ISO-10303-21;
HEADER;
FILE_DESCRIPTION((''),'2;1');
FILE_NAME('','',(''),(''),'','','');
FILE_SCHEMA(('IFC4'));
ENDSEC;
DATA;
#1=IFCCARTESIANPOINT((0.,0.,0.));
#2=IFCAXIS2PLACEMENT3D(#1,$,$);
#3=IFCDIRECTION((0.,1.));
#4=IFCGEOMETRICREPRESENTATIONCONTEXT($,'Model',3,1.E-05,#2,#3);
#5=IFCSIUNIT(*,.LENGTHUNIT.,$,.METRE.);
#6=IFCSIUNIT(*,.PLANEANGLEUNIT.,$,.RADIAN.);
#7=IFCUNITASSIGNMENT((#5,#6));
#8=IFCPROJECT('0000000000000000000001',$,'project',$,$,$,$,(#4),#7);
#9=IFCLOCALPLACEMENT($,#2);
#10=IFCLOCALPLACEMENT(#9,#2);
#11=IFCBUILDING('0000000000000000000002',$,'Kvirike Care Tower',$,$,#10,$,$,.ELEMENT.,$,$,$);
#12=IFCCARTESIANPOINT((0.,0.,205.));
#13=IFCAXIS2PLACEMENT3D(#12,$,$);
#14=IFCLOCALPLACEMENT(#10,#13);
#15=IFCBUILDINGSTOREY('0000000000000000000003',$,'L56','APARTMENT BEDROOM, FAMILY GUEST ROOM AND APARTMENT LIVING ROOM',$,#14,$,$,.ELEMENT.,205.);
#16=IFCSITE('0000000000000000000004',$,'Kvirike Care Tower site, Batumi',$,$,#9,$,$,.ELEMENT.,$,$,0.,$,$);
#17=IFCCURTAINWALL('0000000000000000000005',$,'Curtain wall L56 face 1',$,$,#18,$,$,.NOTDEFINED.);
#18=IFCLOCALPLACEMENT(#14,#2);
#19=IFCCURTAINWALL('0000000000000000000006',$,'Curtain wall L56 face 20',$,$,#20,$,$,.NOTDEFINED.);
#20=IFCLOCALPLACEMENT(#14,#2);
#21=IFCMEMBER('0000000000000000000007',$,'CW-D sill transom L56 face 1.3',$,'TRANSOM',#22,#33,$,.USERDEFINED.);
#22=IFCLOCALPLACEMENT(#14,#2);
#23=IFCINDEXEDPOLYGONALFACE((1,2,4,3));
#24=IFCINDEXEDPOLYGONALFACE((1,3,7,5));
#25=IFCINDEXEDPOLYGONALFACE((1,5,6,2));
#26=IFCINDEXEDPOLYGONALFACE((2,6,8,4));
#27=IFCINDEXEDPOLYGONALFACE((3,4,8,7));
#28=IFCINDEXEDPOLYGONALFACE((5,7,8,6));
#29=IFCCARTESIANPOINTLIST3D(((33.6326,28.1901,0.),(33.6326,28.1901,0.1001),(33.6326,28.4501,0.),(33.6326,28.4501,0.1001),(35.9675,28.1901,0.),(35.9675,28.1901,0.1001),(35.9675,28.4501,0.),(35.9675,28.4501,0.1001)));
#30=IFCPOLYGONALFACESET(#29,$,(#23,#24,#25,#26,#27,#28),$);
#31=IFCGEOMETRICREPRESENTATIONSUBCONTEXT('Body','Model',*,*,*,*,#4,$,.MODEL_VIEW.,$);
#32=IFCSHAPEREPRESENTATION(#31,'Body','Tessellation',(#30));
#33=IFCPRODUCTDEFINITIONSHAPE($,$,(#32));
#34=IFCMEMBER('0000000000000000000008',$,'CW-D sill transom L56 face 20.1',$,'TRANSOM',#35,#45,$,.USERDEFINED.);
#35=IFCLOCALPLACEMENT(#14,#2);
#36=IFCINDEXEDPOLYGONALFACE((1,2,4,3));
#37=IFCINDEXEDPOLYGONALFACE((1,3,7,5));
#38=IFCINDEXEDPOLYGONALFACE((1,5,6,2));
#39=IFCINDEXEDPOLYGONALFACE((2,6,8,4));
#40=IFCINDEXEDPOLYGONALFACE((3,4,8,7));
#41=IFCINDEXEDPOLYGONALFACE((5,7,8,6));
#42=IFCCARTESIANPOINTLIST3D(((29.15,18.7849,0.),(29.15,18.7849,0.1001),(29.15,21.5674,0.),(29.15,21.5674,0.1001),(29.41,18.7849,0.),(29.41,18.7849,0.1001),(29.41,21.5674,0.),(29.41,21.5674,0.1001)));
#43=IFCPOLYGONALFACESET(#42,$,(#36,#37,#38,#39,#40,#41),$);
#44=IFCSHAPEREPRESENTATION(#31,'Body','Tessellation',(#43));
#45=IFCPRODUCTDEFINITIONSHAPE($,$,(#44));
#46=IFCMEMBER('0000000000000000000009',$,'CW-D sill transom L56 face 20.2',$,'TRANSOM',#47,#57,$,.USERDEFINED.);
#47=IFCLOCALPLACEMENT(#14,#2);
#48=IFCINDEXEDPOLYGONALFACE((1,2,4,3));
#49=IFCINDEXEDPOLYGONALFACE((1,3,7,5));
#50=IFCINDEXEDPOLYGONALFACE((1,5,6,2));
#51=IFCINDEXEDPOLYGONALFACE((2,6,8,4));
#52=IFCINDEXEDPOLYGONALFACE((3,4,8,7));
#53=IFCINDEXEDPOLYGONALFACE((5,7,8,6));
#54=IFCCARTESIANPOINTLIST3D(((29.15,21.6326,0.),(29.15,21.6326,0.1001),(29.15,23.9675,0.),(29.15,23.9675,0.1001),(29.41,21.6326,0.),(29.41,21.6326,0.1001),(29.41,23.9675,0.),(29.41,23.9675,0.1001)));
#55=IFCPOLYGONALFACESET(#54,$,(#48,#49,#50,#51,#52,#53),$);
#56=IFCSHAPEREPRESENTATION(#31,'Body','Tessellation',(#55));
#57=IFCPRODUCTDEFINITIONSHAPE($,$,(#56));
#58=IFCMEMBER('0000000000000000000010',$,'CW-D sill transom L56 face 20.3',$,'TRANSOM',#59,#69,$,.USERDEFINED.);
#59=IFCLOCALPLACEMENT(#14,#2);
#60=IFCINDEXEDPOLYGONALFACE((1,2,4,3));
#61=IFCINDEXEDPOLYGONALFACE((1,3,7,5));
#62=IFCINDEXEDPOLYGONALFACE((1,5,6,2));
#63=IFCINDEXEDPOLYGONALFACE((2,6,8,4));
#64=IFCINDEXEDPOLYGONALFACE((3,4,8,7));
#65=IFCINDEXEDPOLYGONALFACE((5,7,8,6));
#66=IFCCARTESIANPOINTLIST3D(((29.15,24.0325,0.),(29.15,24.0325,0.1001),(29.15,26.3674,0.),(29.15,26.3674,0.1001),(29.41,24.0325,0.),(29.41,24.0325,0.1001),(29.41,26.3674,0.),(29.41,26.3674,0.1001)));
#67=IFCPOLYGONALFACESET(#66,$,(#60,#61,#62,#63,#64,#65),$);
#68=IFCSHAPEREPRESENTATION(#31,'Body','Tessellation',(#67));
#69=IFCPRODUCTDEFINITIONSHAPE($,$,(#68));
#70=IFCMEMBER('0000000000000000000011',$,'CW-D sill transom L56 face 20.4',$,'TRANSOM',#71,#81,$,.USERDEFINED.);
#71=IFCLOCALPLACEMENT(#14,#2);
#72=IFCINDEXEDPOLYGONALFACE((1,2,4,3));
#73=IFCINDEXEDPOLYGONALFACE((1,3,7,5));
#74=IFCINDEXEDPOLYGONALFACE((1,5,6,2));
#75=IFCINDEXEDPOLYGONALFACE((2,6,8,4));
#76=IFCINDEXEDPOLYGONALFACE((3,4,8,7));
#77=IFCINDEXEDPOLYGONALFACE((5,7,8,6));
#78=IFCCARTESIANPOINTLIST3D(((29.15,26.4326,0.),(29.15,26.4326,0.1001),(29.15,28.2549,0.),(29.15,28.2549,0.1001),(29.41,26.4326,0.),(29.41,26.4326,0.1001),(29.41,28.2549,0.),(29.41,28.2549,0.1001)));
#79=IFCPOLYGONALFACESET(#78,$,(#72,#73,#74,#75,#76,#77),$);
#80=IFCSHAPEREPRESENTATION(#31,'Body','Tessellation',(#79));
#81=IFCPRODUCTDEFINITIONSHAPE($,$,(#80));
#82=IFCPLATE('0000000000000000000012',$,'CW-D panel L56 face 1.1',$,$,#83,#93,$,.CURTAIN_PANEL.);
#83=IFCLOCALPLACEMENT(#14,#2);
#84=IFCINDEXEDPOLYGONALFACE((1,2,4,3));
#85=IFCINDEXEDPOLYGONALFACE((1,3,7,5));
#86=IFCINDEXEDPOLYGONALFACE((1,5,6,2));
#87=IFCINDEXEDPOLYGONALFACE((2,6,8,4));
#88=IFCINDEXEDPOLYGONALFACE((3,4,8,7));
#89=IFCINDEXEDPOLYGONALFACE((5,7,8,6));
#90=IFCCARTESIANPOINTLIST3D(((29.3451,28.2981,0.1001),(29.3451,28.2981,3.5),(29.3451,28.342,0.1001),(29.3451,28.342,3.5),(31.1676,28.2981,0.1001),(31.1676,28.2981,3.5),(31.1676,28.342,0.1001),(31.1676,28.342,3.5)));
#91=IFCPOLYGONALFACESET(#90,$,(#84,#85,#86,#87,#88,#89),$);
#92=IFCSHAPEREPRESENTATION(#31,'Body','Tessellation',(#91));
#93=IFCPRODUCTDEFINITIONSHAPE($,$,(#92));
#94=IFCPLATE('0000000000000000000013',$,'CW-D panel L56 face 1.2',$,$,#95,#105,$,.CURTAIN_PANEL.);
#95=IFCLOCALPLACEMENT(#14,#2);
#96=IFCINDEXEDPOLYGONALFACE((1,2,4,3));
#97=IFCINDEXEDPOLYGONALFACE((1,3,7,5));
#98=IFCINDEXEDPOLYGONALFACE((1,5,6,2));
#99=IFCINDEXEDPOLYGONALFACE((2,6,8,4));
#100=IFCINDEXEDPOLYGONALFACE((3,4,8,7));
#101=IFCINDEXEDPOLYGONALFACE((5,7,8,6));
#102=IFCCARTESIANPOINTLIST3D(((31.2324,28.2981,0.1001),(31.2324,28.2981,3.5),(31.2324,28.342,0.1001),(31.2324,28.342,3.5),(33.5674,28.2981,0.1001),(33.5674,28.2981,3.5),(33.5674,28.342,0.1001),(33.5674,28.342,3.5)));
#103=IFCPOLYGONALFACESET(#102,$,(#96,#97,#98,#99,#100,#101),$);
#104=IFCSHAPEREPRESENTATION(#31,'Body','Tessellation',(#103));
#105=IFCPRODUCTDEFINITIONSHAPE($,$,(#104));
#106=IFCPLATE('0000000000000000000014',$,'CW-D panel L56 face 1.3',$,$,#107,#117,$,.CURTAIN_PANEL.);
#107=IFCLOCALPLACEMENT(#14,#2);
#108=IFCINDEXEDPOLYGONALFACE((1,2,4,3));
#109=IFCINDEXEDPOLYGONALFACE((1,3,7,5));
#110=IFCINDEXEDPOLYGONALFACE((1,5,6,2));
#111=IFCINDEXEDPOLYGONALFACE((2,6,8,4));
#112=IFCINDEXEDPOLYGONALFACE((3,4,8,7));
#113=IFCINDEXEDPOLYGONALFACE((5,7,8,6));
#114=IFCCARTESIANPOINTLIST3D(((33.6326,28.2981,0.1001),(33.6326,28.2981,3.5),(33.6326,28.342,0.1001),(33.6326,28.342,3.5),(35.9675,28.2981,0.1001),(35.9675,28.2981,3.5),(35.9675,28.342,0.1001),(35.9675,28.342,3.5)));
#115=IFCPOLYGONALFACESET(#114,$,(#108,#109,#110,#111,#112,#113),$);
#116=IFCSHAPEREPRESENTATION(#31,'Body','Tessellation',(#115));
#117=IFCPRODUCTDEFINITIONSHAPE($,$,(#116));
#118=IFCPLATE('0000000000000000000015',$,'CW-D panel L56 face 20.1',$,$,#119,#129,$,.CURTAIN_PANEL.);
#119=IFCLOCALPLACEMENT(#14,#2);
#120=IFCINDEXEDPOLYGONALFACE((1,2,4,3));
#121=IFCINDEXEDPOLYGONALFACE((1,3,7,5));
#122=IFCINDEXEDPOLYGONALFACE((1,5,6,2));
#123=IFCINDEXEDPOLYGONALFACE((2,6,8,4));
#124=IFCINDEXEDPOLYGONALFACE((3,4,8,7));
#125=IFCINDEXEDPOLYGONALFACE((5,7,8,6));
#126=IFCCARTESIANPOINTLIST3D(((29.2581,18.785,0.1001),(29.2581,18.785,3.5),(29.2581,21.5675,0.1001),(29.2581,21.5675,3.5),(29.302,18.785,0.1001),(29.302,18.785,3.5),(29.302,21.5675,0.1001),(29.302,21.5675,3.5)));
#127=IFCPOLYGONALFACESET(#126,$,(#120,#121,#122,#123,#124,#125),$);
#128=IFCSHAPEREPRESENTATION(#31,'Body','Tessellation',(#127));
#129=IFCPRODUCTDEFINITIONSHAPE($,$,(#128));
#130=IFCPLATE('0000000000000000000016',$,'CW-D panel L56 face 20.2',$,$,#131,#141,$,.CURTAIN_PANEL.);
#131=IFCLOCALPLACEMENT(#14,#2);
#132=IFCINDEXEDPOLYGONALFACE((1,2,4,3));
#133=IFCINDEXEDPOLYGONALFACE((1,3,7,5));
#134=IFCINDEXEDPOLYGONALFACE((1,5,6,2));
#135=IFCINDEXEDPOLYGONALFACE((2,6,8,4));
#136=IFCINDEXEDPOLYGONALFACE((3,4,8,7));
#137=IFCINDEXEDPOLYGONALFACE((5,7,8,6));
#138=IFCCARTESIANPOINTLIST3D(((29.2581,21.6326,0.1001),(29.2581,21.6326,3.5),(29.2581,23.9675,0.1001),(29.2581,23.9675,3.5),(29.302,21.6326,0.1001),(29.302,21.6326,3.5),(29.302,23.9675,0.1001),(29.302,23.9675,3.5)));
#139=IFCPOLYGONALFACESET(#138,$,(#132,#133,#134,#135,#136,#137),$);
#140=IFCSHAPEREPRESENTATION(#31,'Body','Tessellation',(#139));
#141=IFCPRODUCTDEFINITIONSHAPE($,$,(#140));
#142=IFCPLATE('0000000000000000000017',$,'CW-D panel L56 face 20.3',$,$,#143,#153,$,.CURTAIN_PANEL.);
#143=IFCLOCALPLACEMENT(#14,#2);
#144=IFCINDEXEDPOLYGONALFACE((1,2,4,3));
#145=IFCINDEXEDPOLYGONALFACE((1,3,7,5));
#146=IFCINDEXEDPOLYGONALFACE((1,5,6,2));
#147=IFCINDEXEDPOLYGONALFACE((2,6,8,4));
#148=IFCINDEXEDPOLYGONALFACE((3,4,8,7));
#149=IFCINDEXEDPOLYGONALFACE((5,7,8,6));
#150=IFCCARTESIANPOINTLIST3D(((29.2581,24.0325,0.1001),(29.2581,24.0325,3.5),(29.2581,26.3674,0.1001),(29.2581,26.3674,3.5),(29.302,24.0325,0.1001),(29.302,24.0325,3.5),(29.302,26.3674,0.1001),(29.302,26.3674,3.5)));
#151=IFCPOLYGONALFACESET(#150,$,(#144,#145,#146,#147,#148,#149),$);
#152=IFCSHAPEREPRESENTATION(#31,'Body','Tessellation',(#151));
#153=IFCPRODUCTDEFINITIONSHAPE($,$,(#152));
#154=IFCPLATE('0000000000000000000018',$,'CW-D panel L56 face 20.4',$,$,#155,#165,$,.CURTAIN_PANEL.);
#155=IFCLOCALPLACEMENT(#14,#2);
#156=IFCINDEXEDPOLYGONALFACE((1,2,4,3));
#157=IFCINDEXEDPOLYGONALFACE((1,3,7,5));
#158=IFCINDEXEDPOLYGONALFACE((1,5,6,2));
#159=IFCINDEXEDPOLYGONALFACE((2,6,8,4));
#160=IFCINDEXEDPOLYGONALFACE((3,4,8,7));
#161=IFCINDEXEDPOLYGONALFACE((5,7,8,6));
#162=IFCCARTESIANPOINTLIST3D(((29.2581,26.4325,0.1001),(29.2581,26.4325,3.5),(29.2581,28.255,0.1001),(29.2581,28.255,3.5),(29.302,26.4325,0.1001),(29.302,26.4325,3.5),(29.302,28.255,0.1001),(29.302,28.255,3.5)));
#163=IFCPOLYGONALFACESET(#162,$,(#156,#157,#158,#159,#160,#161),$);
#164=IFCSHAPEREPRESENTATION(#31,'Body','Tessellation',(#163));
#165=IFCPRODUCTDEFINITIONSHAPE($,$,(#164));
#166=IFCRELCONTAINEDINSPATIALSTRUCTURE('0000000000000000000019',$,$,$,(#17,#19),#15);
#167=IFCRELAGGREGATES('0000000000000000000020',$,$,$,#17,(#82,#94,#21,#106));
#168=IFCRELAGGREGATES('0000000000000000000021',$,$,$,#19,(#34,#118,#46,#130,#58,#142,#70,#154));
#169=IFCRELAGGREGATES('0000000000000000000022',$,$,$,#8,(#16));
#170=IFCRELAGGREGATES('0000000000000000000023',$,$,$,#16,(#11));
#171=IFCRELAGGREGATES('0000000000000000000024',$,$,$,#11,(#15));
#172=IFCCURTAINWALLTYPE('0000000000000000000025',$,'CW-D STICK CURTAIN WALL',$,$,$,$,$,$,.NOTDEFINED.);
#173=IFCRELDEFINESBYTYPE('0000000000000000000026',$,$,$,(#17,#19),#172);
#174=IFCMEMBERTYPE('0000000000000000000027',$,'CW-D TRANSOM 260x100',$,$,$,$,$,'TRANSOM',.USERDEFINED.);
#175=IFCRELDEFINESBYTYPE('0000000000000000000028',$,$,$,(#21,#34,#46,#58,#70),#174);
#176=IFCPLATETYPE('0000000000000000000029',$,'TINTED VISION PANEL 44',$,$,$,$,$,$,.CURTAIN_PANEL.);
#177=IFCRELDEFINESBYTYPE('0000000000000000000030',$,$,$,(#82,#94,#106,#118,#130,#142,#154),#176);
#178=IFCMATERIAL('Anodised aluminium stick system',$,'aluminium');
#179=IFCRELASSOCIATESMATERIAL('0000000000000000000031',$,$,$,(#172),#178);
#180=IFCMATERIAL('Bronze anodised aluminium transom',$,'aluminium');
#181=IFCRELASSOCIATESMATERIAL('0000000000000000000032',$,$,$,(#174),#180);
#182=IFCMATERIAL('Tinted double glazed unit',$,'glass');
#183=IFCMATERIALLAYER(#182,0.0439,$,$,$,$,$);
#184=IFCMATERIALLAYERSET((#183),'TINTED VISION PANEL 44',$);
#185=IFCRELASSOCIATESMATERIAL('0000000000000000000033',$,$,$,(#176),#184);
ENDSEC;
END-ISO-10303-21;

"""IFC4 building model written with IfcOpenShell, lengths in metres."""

from ifc_helpers import new_model, si_unit, direction, frame, origin, origin_2d, place, context, subcontext, project, spatial, rectangle, extrude, material, layer, layer_set, material_profile, profile_set, type_object, element, aggregate, save


model = new_model("IFC4")

# Units and contexts
model_context = context("Model", 3, precision=1e-05, world=origin(), true_north=direction((0.0, 1.0)))
body_context = subcontext(model_context, "Body", "Model", "MODEL_VIEW")
ifc_project = project(units=[si_unit("LENGTHUNIT", "METRE"), si_unit("PLANEANGLEUNIT", "RADIAN")], contexts=[model_context])

# Site, building, storey
site_placement = place(None, origin())
site = spatial("IfcSite", under=ifc_project, at=site_placement, Name="Kvirike Care Tower site, Batumi", CompositionType="ELEMENT", RefElevation=0.0)
building_placement = place(site_placement, origin())
building = spatial("IfcBuilding", under=site, at=building_placement, Name="Kvirike Care Tower", CompositionType="ELEMENT")
storey_placement = place(building_placement, frame((0.0, 0.0, 205.0)))
storey = spatial("IfcBuildingStorey", under=building, at=storey_placement, Name="L56", Description="APARTMENT BEDROOM, FAMILY GUEST ROOM AND APARTMENT LIVING ROOM", CompositionType="ELEMENT", Elevation=205.0)

# Curtain walls
ifc_material_1 = material(Name="Anodised aluminium stick system", Category="aluminium")
curtain_wall_type = type_object("IfcCurtainWallType", Name="CW-D STICK CURTAIN WALL", PredefinedType="NOTDEFINED", material=ifc_material_1)
curtain_wall_1_placement = place(storey_placement, origin())
curtain_wall_1 = element("IfcCurtainWall", 1, at=curtain_wall_1_placement, inside=storey, type_object=curtain_wall_type, Name="Curtain wall L56 face 1", PredefinedType="NOTDEFINED")
curtain_wall_2_placement = place(storey_placement, origin())
curtain_wall_2 = element("IfcCurtainWall", 2, at=curtain_wall_2_placement, inside=storey, type_object=curtain_wall_type, Name="Curtain wall L56 face 20", PredefinedType="NOTDEFINED")

# Members
ifc_material_2 = material(Name="Bronze anodised aluminium transom", Category="aluminium")
ifc_material_profile_1 = material_profile(ifc_material_2, rectangle(XDim=0.26, YDim=0.1001, at=origin_2d()), Name="CW-D TRANSOM 260x100")
ifc_profile_set_1 = profile_set([ifc_material_profile_1], Name="Bronze anodised aluminium transom")
member_type_1 = type_object("IfcMemberType", Name="CW-D TRANSOM 260x100", ElementType="TRANSOM", PredefinedType="USERDEFINED", material=ifc_profile_set_1)
member_1_placement = place(storey_placement, frame((33.6326, 28.3201, 0.05), z_axis=(1.0, 0.0, 0.0), x_axis=(0.0, 1.0, 0.0)))
member_1 = element("IfcMember", 3, at=member_1_placement, type_object=member_type_1, Name="CW-D sill transom L56 face 1.3", ObjectType="TRANSOM", PredefinedType="USERDEFINED", context=body_context, shape_type="SweptSolid", body=[
    extrude(rectangle(XDim=0.26, YDim=0.1001, at=origin_2d()), origin(), (0.0, 0.0, 1.0), 2.335),
])
member_2_placement = place(storey_placement, frame((29.28, 18.7849, 0.05), z_axis=(0.0, 1.0, 0.0), x_axis=(-1.0, 0.0, 0.0)))
member_2 = element("IfcMember", 4, at=member_2_placement, type_object=member_type_1, Name="CW-D sill transom L56 face 20.1", ObjectType="TRANSOM", PredefinedType="USERDEFINED", context=body_context, shape_type="SweptSolid", body=[
    extrude(rectangle(XDim=0.26, YDim=0.1001, at=origin_2d()), origin(), (0.0, 0.0, 1.0), 2.7825),
])
member_3_placement = place(storey_placement, frame((29.28, 21.6326, 0.05), z_axis=(0.0, 1.0, 0.0), x_axis=(-1.0, 0.0, 0.0)))
member_3 = element("IfcMember", 5, at=member_3_placement, type_object=member_type_1, Name="CW-D sill transom L56 face 20.2", ObjectType="TRANSOM", PredefinedType="USERDEFINED", context=body_context, shape_type="SweptSolid", body=[
    extrude(rectangle(XDim=0.26, YDim=0.1001, at=origin_2d()), origin(), (0.0, 0.0, 1.0), 2.335),
])
member_4_placement = place(storey_placement, frame((29.28, 24.0325, 0.05), z_axis=(0.0, 1.0, 0.0), x_axis=(-1.0, 0.0, 0.0)))
member_4 = element("IfcMember", 6, at=member_4_placement, type_object=member_type_1, Name="CW-D sill transom L56 face 20.3", ObjectType="TRANSOM", PredefinedType="USERDEFINED", context=body_context, shape_type="SweptSolid", body=[
    extrude(rectangle(XDim=0.26, YDim=0.1001, at=origin_2d()), origin(), (0.0, 0.0, 1.0), 2.335),
])
member_5_placement = place(storey_placement, frame((29.28, 26.4326, 0.05), z_axis=(0.0, 1.0, 0.0), x_axis=(-1.0, 0.0, 0.0)))
member_5 = element("IfcMember", 7, at=member_5_placement, type_object=member_type_1, Name="CW-D sill transom L56 face 20.4", ObjectType="TRANSOM", PredefinedType="USERDEFINED", context=body_context, shape_type="SweptSolid", body=[
    extrude(rectangle(XDim=0.26, YDim=0.1001, at=origin_2d()), origin(), (0.0, 0.0, 1.0), 1.8223),
])

# Plates
ifc_material_3 = material(Name="Tinted double glazed unit", Category="glass")
ifc_layer = layer(ifc_material_3, 0.0439)
ifc_layer_set = layer_set([ifc_layer], Name="TINTED VISION PANEL 44")
plate_type = type_object("IfcPlateType", Name="TINTED VISION PANEL 44", PredefinedType="CURTAIN_PANEL", material=ifc_layer_set)
plate_1_placement = place(storey_placement, frame((30.2563, 28.3201, 0.1001), z_axis=(0.0, 0.0, 1.0), x_axis=(1.0, 0.0, 0.0)))
plate_1 = element("IfcPlate", 8, at=plate_1_placement, type_object=plate_type, Name="CW-D panel L56 face 1.1", PredefinedType="CURTAIN_PANEL", context=body_context, shape_type="SweptSolid", body=[
    extrude(rectangle(XDim=1.8225, YDim=0.0439, at=origin_2d()), origin(), (0.0, 0.0, 1.0), 3.3999),
])
plate_2_placement = place(storey_placement, frame((32.3999, 28.3201, 0.1001), z_axis=(0.0, 0.0, 1.0), x_axis=(1.0, 0.0, 0.0)))
plate_2 = element("IfcPlate", 9, at=plate_2_placement, type_object=plate_type, Name="CW-D panel L56 face 1.2", PredefinedType="CURTAIN_PANEL", context=body_context, shape_type="SweptSolid", body=[
    extrude(rectangle(XDim=2.335, YDim=0.0439, at=origin_2d()), origin(), (0.0, 0.0, 1.0), 3.3999),
])
plate_3_placement = place(storey_placement, frame((34.8, 28.3201, 0.1001), z_axis=(0.0, 0.0, 1.0), x_axis=(1.0, 0.0, 0.0)))
plate_3 = element("IfcPlate", 10, at=plate_3_placement, type_object=plate_type, Name="CW-D panel L56 face 1.3", PredefinedType="CURTAIN_PANEL", context=body_context, shape_type="SweptSolid", body=[
    extrude(rectangle(XDim=2.335, YDim=0.0439, at=origin_2d()), origin(), (0.0, 0.0, 1.0), 3.3999),
])
aggregate(curtain_wall_1, [plate_1, plate_2, member_1, plate_3])
plate_4_placement = place(storey_placement, frame((29.28, 20.1763, 0.1001), z_axis=(0.0, 0.0, 1.0), x_axis=(0.0, 1.0, 0.0)))
plate_4 = element("IfcPlate", 11, at=plate_4_placement, type_object=plate_type, Name="CW-D panel L56 face 20.1", PredefinedType="CURTAIN_PANEL", context=body_context, shape_type="SweptSolid", body=[
    extrude(rectangle(XDim=2.7825, YDim=0.0439, at=origin_2d()), origin(), (0.0, 0.0, 1.0), 3.3999),
])
plate_5_placement = place(storey_placement, frame((29.28, 22.8, 0.1001), z_axis=(0.0, 0.0, 1.0), x_axis=(0.0, 1.0, 0.0)))
plate_5 = element("IfcPlate", 12, at=plate_5_placement, type_object=plate_type, Name="CW-D panel L56 face 20.2", PredefinedType="CURTAIN_PANEL", context=body_context, shape_type="SweptSolid", body=[
    extrude(rectangle(XDim=2.335, YDim=0.0439, at=origin_2d()), origin(), (0.0, 0.0, 1.0), 3.3999),
])
plate_6_placement = place(storey_placement, frame((29.28, 25.2, 0.1001), z_axis=(0.0, 0.0, 1.0), x_axis=(0.0, 1.0, 0.0)))
plate_6 = element("IfcPlate", 13, at=plate_6_placement, type_object=plate_type, Name="CW-D panel L56 face 20.3", PredefinedType="CURTAIN_PANEL", context=body_context, shape_type="SweptSolid", body=[
    extrude(rectangle(XDim=2.335, YDim=0.0439, at=origin_2d()), origin(), (0.0, 0.0, 1.0), 3.3999),
])
plate_7_placement = place(storey_placement, frame((29.28, 27.3438, 0.1001), z_axis=(0.0, 0.0, 1.0), x_axis=(0.0, 1.0, 0.0)))
plate_7 = element("IfcPlate", 14, at=plate_7_placement, type_object=plate_type, Name="CW-D panel L56 face 20.4", PredefinedType="CURTAIN_PANEL", context=body_context, shape_type="SweptSolid", body=[
    extrude(rectangle(XDim=1.8225, YDim=0.0439, at=origin_2d()), origin(), (0.0, 0.0, 1.0), 3.3999),
])
aggregate(curtain_wall_2, [member_2, plate_4, member_3, plate_5, member_4, plate_6, member_5, plate_7])

save(model, "model.ifc")
